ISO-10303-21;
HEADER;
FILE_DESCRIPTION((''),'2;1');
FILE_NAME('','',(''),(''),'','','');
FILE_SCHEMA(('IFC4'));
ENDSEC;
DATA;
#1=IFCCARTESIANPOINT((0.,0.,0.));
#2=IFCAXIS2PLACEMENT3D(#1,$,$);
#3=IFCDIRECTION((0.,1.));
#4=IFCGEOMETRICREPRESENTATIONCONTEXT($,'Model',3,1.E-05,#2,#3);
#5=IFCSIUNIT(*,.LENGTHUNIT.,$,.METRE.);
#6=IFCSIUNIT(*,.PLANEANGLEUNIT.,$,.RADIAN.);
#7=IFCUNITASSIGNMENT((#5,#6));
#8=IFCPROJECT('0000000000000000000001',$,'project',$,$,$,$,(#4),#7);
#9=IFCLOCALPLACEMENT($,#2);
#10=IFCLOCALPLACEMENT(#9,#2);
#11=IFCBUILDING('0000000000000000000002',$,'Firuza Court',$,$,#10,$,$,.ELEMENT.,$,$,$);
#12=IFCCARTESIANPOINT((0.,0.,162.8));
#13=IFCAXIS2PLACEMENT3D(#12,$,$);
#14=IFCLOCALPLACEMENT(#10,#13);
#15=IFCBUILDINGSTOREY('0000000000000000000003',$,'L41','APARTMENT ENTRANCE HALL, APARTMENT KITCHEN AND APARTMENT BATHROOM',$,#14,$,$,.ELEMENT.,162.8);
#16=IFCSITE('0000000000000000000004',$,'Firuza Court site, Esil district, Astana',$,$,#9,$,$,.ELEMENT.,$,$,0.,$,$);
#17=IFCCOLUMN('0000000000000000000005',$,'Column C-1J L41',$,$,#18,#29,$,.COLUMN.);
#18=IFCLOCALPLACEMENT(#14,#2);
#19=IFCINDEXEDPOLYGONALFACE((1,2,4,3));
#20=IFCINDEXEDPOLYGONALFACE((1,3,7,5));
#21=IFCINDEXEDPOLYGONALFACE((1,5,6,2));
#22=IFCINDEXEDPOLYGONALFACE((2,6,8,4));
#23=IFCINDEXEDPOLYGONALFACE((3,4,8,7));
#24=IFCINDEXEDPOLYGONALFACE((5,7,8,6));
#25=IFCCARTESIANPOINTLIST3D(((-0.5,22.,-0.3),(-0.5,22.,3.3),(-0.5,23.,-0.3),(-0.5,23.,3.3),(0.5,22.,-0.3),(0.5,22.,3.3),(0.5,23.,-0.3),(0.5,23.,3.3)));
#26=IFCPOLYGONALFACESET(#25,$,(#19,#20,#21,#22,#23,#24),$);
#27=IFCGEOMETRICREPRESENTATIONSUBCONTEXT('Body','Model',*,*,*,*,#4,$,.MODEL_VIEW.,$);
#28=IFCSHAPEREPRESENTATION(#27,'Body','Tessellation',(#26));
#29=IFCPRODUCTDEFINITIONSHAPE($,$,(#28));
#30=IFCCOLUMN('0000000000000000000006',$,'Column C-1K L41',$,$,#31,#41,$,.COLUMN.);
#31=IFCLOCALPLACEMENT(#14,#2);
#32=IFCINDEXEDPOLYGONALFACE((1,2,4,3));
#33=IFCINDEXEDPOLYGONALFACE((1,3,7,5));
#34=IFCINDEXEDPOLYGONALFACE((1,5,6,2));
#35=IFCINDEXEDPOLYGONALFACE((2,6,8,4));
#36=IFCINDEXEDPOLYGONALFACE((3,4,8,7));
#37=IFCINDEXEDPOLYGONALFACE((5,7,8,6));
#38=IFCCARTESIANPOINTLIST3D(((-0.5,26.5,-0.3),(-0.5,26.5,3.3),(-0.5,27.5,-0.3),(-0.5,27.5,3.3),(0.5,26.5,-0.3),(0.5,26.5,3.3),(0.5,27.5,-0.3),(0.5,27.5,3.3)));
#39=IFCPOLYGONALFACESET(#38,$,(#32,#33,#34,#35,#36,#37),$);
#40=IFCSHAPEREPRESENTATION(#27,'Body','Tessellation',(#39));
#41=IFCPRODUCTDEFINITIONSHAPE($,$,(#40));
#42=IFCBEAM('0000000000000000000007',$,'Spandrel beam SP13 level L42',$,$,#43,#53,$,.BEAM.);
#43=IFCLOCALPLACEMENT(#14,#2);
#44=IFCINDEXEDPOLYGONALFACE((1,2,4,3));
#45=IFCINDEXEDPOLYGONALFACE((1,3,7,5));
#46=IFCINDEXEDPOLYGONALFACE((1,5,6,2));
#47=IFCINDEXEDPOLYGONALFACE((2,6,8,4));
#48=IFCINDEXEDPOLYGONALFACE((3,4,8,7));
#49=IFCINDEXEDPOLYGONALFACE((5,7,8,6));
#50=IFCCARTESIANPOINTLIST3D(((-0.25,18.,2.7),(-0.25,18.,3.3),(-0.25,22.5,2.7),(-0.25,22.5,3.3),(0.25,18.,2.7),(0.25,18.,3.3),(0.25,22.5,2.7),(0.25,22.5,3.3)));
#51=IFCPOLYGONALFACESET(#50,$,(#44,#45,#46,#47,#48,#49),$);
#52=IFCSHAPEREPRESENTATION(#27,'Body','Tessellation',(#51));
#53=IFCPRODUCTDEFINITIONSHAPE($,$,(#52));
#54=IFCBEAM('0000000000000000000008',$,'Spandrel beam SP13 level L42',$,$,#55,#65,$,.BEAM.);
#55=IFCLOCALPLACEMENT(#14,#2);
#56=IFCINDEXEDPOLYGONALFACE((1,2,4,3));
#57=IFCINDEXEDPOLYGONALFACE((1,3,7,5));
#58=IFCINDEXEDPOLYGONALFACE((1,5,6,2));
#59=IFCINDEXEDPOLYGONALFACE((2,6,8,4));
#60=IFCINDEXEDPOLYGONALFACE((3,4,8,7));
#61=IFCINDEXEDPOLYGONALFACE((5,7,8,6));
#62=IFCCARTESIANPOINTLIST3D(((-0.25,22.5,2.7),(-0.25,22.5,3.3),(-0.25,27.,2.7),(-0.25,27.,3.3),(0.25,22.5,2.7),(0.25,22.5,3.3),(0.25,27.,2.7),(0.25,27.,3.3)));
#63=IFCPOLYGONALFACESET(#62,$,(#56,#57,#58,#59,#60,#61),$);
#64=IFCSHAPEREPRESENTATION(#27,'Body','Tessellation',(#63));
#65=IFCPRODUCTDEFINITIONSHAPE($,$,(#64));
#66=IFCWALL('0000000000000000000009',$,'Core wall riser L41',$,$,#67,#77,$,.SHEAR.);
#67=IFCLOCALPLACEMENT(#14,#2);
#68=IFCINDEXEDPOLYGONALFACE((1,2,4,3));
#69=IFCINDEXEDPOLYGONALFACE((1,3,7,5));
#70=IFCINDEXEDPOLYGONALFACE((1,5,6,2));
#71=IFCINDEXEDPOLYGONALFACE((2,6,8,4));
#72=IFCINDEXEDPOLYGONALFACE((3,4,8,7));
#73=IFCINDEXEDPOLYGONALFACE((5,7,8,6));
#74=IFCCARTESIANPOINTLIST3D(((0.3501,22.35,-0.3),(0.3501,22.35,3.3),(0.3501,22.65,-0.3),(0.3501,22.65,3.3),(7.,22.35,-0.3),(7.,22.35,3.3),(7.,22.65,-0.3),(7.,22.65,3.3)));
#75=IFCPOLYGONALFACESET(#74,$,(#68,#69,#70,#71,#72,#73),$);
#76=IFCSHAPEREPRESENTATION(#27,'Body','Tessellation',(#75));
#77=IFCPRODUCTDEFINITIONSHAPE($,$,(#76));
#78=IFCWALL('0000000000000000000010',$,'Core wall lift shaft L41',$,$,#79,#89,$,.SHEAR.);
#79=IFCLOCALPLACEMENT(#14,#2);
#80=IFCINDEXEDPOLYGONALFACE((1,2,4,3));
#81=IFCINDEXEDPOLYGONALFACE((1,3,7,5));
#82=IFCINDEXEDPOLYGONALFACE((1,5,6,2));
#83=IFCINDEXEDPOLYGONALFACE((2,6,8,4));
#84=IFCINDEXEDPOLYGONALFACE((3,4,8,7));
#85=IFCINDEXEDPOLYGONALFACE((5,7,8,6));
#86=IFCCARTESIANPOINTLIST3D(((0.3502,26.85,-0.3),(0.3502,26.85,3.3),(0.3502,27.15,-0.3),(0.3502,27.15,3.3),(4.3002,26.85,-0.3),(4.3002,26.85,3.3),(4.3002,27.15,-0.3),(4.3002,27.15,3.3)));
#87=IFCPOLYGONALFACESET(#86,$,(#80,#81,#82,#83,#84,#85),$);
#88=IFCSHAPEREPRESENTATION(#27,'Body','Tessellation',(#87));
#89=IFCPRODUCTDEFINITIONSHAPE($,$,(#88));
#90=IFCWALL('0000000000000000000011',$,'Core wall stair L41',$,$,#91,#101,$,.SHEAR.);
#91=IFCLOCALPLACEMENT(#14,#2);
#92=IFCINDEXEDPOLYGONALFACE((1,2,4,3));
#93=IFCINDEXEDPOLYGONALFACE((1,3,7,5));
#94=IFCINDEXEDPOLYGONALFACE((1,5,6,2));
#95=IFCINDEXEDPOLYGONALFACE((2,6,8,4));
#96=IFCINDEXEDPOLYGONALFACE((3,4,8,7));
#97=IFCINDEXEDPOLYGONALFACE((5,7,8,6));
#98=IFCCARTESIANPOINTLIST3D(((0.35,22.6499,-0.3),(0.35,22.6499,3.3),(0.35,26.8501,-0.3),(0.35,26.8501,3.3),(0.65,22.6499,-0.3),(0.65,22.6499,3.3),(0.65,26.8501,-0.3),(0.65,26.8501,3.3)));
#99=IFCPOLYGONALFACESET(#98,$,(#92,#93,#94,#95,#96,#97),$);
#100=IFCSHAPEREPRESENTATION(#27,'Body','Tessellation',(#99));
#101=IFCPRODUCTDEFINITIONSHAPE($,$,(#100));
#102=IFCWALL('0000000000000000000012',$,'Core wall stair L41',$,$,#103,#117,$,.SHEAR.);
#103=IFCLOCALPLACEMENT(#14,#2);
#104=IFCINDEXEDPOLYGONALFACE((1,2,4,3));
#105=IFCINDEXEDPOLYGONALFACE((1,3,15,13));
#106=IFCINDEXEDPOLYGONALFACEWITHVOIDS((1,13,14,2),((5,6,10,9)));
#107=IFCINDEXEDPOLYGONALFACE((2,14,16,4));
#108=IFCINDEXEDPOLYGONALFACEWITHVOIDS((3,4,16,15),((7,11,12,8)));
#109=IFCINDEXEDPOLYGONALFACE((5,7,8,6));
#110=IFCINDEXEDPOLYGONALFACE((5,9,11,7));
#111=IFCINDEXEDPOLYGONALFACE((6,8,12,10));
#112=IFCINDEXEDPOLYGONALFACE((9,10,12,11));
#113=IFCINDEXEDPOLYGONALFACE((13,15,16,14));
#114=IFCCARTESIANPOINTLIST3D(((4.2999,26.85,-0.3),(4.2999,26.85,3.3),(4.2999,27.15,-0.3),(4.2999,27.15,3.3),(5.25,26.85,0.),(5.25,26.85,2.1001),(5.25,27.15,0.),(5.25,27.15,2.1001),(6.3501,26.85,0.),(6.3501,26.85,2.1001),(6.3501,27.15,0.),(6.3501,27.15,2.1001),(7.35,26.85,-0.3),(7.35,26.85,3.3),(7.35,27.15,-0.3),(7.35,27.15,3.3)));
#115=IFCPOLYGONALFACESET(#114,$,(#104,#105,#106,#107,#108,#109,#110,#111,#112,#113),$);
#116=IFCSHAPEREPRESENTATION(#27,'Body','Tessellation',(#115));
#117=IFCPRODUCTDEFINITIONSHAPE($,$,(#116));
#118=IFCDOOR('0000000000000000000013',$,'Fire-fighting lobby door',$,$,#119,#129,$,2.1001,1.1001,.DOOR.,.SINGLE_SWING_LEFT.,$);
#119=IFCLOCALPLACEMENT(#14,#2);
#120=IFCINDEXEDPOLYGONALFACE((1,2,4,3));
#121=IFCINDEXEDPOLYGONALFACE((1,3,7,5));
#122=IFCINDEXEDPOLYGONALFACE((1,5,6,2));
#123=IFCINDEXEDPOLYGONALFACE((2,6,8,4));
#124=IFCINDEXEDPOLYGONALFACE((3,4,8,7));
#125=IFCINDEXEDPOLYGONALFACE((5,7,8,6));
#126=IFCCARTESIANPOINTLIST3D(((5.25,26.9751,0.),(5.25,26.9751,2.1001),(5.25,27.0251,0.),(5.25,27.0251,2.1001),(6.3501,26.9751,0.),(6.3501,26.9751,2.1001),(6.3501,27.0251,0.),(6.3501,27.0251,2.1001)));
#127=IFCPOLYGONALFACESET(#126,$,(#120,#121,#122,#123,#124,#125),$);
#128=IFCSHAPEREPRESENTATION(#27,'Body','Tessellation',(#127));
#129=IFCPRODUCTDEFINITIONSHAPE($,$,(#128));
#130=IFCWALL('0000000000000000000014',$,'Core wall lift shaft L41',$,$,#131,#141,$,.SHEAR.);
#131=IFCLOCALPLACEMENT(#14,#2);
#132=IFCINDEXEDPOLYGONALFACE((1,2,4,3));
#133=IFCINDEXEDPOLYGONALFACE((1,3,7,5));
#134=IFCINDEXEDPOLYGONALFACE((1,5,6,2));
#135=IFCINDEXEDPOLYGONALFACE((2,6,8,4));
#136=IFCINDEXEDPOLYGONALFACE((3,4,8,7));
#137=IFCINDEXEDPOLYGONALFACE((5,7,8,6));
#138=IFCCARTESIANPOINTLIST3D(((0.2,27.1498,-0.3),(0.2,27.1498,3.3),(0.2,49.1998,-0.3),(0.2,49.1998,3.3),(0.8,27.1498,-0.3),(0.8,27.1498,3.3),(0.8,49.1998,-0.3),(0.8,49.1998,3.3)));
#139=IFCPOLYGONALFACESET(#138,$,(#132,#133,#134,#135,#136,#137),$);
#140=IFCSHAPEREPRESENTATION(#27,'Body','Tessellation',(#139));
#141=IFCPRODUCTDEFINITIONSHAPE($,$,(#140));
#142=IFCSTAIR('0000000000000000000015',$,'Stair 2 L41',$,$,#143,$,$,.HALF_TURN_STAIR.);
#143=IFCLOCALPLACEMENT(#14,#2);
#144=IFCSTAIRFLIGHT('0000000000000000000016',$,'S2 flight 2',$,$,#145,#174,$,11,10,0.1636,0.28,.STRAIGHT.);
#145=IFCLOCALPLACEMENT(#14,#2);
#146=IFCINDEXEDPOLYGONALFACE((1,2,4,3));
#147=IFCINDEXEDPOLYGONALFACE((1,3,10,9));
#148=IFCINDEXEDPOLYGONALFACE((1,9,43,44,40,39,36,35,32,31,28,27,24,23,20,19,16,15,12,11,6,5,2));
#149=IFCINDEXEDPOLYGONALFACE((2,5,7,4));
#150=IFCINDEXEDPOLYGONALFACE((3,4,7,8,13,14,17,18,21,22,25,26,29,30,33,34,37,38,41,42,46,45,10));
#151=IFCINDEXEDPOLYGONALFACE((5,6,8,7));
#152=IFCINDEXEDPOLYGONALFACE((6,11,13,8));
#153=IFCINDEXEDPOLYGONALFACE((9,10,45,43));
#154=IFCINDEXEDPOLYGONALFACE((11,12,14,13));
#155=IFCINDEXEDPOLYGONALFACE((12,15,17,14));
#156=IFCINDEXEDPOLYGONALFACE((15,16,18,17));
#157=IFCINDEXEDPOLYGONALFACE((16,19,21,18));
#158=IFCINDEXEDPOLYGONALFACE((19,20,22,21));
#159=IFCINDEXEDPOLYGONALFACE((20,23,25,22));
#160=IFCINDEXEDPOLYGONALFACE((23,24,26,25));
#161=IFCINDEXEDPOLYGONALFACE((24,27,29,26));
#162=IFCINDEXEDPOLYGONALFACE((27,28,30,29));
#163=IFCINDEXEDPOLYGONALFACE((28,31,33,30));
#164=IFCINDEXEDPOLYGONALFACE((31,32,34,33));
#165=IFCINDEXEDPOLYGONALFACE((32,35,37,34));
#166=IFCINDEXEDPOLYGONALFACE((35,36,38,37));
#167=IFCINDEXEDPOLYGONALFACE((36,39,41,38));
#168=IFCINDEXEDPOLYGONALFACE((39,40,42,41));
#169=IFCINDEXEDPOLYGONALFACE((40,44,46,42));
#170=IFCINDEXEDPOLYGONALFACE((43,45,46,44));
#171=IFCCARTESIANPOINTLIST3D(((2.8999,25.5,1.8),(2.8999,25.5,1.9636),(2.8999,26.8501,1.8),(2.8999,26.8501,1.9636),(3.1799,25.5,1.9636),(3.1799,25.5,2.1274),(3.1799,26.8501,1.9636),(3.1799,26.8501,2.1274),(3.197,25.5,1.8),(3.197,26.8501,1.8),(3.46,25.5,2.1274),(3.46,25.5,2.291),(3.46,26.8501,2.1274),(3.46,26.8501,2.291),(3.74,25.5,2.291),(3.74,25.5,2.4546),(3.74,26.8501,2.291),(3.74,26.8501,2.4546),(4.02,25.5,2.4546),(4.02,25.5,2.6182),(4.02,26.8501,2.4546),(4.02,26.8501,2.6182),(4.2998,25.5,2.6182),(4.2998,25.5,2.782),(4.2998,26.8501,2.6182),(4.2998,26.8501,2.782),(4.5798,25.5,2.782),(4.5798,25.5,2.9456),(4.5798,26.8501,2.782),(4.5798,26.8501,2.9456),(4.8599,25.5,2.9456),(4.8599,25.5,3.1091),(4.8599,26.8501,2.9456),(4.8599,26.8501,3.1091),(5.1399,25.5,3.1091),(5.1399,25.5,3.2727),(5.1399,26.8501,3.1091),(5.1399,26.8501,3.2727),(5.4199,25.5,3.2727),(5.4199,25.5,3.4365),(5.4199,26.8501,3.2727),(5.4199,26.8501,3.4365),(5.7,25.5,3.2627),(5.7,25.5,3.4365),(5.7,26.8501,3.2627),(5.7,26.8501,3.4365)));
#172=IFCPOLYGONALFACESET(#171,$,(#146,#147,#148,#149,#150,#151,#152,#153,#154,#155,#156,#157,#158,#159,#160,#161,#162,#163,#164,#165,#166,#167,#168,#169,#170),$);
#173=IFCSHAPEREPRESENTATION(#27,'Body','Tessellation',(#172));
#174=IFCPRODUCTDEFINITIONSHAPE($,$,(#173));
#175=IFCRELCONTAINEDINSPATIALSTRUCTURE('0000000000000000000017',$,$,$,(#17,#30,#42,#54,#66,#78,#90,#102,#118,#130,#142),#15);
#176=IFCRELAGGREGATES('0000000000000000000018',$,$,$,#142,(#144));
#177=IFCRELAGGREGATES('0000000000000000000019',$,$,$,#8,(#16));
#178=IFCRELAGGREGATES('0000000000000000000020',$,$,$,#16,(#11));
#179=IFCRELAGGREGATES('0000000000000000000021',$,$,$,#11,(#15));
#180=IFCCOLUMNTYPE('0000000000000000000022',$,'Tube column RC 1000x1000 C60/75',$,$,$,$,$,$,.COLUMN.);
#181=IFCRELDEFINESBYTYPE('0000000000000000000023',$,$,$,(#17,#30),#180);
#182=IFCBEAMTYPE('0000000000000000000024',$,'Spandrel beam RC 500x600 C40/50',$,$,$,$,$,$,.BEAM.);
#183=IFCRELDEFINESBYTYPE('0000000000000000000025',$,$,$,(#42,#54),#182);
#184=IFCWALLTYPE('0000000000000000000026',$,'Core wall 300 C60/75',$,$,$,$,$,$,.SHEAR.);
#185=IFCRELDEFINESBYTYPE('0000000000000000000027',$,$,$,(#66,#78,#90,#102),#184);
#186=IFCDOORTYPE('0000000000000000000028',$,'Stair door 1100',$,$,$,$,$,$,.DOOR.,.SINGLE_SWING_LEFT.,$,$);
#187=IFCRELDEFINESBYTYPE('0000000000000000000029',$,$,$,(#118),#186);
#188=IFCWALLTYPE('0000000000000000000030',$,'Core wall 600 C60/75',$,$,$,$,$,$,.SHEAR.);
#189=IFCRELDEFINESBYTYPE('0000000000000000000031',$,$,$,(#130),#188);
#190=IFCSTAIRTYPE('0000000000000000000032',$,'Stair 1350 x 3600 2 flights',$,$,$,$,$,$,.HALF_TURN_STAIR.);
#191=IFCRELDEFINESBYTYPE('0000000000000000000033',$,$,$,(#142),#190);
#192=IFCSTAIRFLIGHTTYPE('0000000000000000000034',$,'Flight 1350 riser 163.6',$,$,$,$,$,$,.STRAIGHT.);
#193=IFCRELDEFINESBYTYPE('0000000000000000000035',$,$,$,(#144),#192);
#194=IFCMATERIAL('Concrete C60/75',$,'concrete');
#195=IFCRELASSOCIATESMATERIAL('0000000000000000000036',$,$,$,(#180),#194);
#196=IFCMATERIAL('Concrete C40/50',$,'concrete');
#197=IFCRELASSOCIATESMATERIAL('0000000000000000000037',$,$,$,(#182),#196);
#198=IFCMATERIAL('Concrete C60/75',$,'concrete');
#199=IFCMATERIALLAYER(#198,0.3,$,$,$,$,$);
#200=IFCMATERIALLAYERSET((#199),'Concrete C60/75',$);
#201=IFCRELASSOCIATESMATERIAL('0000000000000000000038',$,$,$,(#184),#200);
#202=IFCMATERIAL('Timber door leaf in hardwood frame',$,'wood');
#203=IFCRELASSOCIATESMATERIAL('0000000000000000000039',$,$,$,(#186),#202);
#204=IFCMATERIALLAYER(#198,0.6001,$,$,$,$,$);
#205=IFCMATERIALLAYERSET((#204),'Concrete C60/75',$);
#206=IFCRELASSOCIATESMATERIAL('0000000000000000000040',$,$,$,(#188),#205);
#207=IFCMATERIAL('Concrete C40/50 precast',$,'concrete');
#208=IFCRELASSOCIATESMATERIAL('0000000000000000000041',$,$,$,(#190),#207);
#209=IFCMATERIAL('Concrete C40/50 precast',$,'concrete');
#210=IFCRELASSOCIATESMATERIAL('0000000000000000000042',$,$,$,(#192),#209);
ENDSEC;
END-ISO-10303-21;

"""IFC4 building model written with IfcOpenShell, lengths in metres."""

from ifc_helpers import new_model, si_unit, direction, frame, frame_2d, origin, origin_2d, place, context, subcontext, project, spatial, polyline, rectangle, outline, extrude, material, layer, layer_set, material_profile, profile_set, type_object, element, fill, aggregate, save


model = new_model("IFC4")

# Units and contexts
model_context = context("Model", 3, precision=1e-05, world=origin(), true_north=direction((0.0, 1.0)))
body_context = subcontext(model_context, "Body", "Model", "MODEL_VIEW")
ifc_project = project(units=[si_unit("LENGTHUNIT", "METRE"), si_unit("PLANEANGLEUNIT", "RADIAN")], contexts=[model_context])

# Site, building, storey
site_placement = place(None, origin())
site = spatial("IfcSite", under=ifc_project, at=site_placement, Name="Firuza Court site, Esil district, Astana", CompositionType="ELEMENT", RefElevation=0.0)
building_placement = place(site_placement, origin())
building = spatial("IfcBuilding", under=site, at=building_placement, Name="Firuza Court", CompositionType="ELEMENT")
storey_placement = place(building_placement, frame((0.0, 0.0, 162.8)))
storey = spatial("IfcBuildingStorey", under=building, at=storey_placement, Name="L41", Description="APARTMENT ENTRANCE HALL, APARTMENT KITCHEN AND APARTMENT BATHROOM", CompositionType="ELEMENT", Elevation=162.8)

# Columns
ifc_material_1 = material(Name="Concrete C60/75", Category="concrete")
ifc_material_profile_1 = material_profile(ifc_material_1, rectangle(XDim=1.0, YDim=1.0, at=origin_2d()), Name="RC 1000x1000")
ifc_profile_set_1 = profile_set([ifc_material_profile_1], Name="Concrete C60/75")
column_type = type_object("IfcColumnType", Name="Tube column RC 1000x1000 C60/75", PredefinedType="COLUMN", material=ifc_profile_set_1)
for number, where, z_axis, x_axis, name in (
    (1, (0.0, 22.5, -0.3), (0.0, 0.0, 1.0), (1.0, 0.0, 0.0), "Column C-1J L41"),
    (2, (0.0, 27.0, -0.3), (0.0, 0.0, 1.0), (1.0, 0.0, 0.0), "Column C-1K L41"),
):
    element("IfcColumn", number, at=place(storey_placement, frame(where, z_axis=z_axis, x_axis=x_axis)), inside=storey, type_object=column_type, Name=name, PredefinedType="COLUMN", context=body_context, shape_type="SweptSolid", body=[
        extrude(rectangle(XDim=1.0, YDim=1.0, at=origin_2d()), origin(), (0.0, 0.0, 1.0), 3.6001),
    ])

# Beams
ifc_material_2 = material(Name="Concrete C40/50", Category="concrete")
ifc_material_profile_2 = material_profile(ifc_material_2, rectangle(XDim=0.5, YDim=0.6001, at=origin_2d()), Name="RC 500x600")
ifc_profile_set_2 = profile_set([ifc_material_profile_2], Name="Concrete C40/50")
beam_type = type_object("IfcBeamType", Name="Spandrel beam RC 500x600 C40/50", PredefinedType="BEAM", material=ifc_profile_set_2)
for number, where, z_axis, x_axis, name in (
    (3, (0.0, 22.5, 3.0), (0.0, -1.0, 0.0), (1.0, 0.0, 0.0), "Spandrel beam SP13 level L42"),
    (4, (0.0, 27.0, 3.0), (0.0, -1.0, 0.0), (1.0, 0.0, 0.0), "Spandrel beam SP13 level L42"),
):
    element("IfcBeam", number, at=place(storey_placement, frame(where, z_axis=z_axis, x_axis=x_axis)), inside=storey, type_object=beam_type, Name=name, PredefinedType="BEAM", context=body_context, shape_type="SweptSolid", body=[
        extrude(rectangle(XDim=0.5, YDim=0.6001, at=origin_2d()), origin(), (0.0, 0.0, 1.0), 4.5),
    ])

# Walls
ifc_material_3 = material(Name="Concrete C60/75", Category="concrete")
ifc_layer_1 = layer(ifc_material_3, 0.3)
ifc_layer_set_1 = layer_set([ifc_layer_1], Name="Concrete C60/75")
wall_type_1 = type_object("IfcWallType", Name="Core wall 300 C60/75", PredefinedType="SHEAR", material=ifc_layer_set_1)
wall_1_placement = place(storey_placement, frame((0.3501, 22.5, -0.3), z_axis=(0.0, 0.0, 1.0), x_axis=(1.0, 0.0, 0.0)))
element("IfcWall", 5, at=wall_1_placement, inside=storey, type_object=wall_type_1, Name="Core wall riser L41", PredefinedType="SHEAR", context=body_context, shape_type="SweptSolid", body=[
    extrude(rectangle(XDim=6.6499, YDim=0.3, at=frame_2d((3.325, 0.0))), origin(), (0.0, 0.0, 1.0), 3.6001),
])
wall_2_placement = place(storey_placement, frame((0.3501, 27.0, -0.3), z_axis=(0.0, 0.0, 1.0), x_axis=(1.0, 0.0, 0.0)))
element("IfcWall", 6, at=wall_2_placement, inside=storey, type_object=wall_type_1, Name="Core wall lift shaft L41", PredefinedType="SHEAR", context=body_context, shape_type="SweptSolid", body=[
    extrude(rectangle(XDim=3.95, YDim=0.3, at=frame_2d((1.9751, 0.0))), origin(), (0.0, 0.0, 1.0), 3.6001),
])
wall_3_placement = place(storey_placement, frame((0.5, 22.6499, -0.3), z_axis=(0.0, 0.0, 1.0), x_axis=(0.0, 1.0, 0.0)))
element("IfcWall", 7, at=wall_3_placement, inside=storey, type_object=wall_type_1, Name="Core wall stair L41", PredefinedType="SHEAR", context=body_context, shape_type="SweptSolid", body=[
    extrude(rectangle(XDim=4.2002, YDim=0.3, at=frame_2d((2.1001, 0.0))), origin(), (0.0, 0.0, 1.0), 3.6001),
])

# Wall, opening, door
wall_4_placement = place(storey_placement, frame((4.3, 27.0, -0.3), z_axis=(0.0, 0.0, 1.0), x_axis=(1.0, 0.0, 0.0)))
wall_4 = element("IfcWall", 8, at=wall_4_placement, inside=storey, type_object=wall_type_1, Name="Core wall stair L41", PredefinedType="SHEAR", context=body_context, shape_type="SweptSolid", body=[
    extrude(rectangle(XDim=3.05, YDim=0.3, at=frame_2d((1.5249, 0.0))), origin(), (0.0, 0.0, 1.0), 3.6001),
])
opening_1_placement = place(wall_4_placement, frame((0.95, 0.0, 0.3)))
opening_1 = element("IfcOpeningElement", 9, at=opening_1_placement, cuts=wall_4, PredefinedType="OPENING", context=body_context, shape_type="SweptSolid", body=[
    extrude(rectangle(XDim=1.1001, YDim=2.1001, at=frame_2d((0.55, 1.05))), frame((0.0, 0.1621, 0.0), z_axis=(0.0, -1.0, 0.0), x_axis=(1.0, 0.0, 0.0)), (0.0, 0.0, 1.0), 0.324),
])
ifc_material_4 = material(Name="Timber door leaf in hardwood frame", Category="wood")
door_type_1 = type_object("IfcDoorType", Name="Stair door 1100", OperationType="SINGLE_SWING_LEFT", PredefinedType="DOOR", material=ifc_material_4)
door_1_placement = place(opening_1_placement, frame((1.1001, 0.0, 0.0), z_axis=(0.0, 0.0, 1.0), x_axis=(-1.0, 0.0, 0.0)))
door_1 = element("IfcDoor", 10, at=door_1_placement, inside=storey, type_object=door_type_1, Name="Fire-fighting lobby door", OperationType="SINGLE_SWING_LEFT", OverallHeight=2.1001, OverallWidth=1.1001, PredefinedType="DOOR", context=body_context, shape_type="SweptSolid", body=[
    extrude(rectangle(XDim=1.1001, YDim=2.1001, at=frame_2d((0.55, 1.05))), frame((0.0, 0.0249, 0.0), z_axis=(0.0, -1.0, 0.0), x_axis=(1.0, 0.0, 0.0)), (0.0, 0.0, 1.0), 0.05),
])
fill(opening_1, door_1)

# Wall
ifc_layer_2 = layer(ifc_material_3, 0.6001)
ifc_layer_set_2 = layer_set([ifc_layer_2], Name="Concrete C60/75")
wall_type_2 = type_object("IfcWallType", Name="Core wall 600 C60/75", PredefinedType="SHEAR", material=ifc_layer_set_2)
wall_5_placement = place(storey_placement, frame((0.5, 27.1499, -0.3), z_axis=(0.0, 0.0, 1.0), x_axis=(0.0, 1.0, 0.0)))
element("IfcWall", 11, at=wall_5_placement, inside=storey, type_object=wall_type_2, Name="Core wall lift shaft L41", PredefinedType="SHEAR", context=body_context, shape_type="SweptSolid", body=[
    extrude(rectangle(XDim=22.05, YDim=0.6001, at=frame_2d((11.0249, 0.0))), origin(), (0.0, 0.0, 1.0), 3.6001),
])

# Stair, stair flight
ifc_material_5 = material(Name="Concrete C40/50 precast", Category="concrete")
stair_type = type_object("IfcStairType", Name="Stair 1350 x 3600 2 flights", PredefinedType="HALF_TURN_STAIR", material=ifc_material_5)
stair_placement = place(storey_placement, origin())
stair = element("IfcStair", 12, at=stair_placement, inside=storey, type_object=stair_type, Name="Stair 2 L41", PredefinedType="HALF_TURN_STAIR")
ifc_material_6 = material(Name="Concrete C40/50 precast", Category="concrete")
stair_flight_type = type_object("IfcStairFlightType", Name="Flight 1350 riser 163.6", PredefinedType="STRAIGHT", material=ifc_material_6)
stair_flight_placement = place(storey_placement, frame((2.8999, 26.175, 1.8), z_axis=(0.0, 0.0, 1.0), x_axis=(1.0, 0.0, 0.0)))
stair_flight = element("IfcStairFlight", 13, at=stair_flight_placement, type_object=stair_flight_type, Name="S2 flight 2", NumberOfRisers=11, NumberOfTreads=10, PredefinedType="STRAIGHT", RiserHeight=0.1636, TreadLength=0.28, context=body_context, shape_type="SweptSolid", body=[
    extrude(outline(polyline([(0.0, 0.0), (0.0, 0.1636), (0.28, 0.1636), (0.28, 0.3274), (0.5601, 0.3274), (0.5601, 0.491), (0.8401, 0.491), (0.8401, 0.6545), (1.1201, 0.6545), (1.1201, 0.8181), (1.3999, 0.8181), (1.3999, 0.9819), (1.6799, 0.9819), (1.6799, 1.1455), (1.96, 1.1455), (1.96, 1.3091), (2.24, 1.3091), (2.24, 1.4727), (2.52, 1.4727), (2.52, 1.6365), (2.8, 1.6365), (2.8, 1.8), (2.8, 1.4626), (0.2971, 0.0), (0.0, 0.0)])), frame((0.0, 0.675, 0.0), z_axis=(0.0, -1.0, 0.0), x_axis=(1.0, 0.0, 0.0)), (0.0, 0.0, 1.0), 1.3501),
])
aggregate(stair, [stair_flight])

save(model, "model.ifc")
